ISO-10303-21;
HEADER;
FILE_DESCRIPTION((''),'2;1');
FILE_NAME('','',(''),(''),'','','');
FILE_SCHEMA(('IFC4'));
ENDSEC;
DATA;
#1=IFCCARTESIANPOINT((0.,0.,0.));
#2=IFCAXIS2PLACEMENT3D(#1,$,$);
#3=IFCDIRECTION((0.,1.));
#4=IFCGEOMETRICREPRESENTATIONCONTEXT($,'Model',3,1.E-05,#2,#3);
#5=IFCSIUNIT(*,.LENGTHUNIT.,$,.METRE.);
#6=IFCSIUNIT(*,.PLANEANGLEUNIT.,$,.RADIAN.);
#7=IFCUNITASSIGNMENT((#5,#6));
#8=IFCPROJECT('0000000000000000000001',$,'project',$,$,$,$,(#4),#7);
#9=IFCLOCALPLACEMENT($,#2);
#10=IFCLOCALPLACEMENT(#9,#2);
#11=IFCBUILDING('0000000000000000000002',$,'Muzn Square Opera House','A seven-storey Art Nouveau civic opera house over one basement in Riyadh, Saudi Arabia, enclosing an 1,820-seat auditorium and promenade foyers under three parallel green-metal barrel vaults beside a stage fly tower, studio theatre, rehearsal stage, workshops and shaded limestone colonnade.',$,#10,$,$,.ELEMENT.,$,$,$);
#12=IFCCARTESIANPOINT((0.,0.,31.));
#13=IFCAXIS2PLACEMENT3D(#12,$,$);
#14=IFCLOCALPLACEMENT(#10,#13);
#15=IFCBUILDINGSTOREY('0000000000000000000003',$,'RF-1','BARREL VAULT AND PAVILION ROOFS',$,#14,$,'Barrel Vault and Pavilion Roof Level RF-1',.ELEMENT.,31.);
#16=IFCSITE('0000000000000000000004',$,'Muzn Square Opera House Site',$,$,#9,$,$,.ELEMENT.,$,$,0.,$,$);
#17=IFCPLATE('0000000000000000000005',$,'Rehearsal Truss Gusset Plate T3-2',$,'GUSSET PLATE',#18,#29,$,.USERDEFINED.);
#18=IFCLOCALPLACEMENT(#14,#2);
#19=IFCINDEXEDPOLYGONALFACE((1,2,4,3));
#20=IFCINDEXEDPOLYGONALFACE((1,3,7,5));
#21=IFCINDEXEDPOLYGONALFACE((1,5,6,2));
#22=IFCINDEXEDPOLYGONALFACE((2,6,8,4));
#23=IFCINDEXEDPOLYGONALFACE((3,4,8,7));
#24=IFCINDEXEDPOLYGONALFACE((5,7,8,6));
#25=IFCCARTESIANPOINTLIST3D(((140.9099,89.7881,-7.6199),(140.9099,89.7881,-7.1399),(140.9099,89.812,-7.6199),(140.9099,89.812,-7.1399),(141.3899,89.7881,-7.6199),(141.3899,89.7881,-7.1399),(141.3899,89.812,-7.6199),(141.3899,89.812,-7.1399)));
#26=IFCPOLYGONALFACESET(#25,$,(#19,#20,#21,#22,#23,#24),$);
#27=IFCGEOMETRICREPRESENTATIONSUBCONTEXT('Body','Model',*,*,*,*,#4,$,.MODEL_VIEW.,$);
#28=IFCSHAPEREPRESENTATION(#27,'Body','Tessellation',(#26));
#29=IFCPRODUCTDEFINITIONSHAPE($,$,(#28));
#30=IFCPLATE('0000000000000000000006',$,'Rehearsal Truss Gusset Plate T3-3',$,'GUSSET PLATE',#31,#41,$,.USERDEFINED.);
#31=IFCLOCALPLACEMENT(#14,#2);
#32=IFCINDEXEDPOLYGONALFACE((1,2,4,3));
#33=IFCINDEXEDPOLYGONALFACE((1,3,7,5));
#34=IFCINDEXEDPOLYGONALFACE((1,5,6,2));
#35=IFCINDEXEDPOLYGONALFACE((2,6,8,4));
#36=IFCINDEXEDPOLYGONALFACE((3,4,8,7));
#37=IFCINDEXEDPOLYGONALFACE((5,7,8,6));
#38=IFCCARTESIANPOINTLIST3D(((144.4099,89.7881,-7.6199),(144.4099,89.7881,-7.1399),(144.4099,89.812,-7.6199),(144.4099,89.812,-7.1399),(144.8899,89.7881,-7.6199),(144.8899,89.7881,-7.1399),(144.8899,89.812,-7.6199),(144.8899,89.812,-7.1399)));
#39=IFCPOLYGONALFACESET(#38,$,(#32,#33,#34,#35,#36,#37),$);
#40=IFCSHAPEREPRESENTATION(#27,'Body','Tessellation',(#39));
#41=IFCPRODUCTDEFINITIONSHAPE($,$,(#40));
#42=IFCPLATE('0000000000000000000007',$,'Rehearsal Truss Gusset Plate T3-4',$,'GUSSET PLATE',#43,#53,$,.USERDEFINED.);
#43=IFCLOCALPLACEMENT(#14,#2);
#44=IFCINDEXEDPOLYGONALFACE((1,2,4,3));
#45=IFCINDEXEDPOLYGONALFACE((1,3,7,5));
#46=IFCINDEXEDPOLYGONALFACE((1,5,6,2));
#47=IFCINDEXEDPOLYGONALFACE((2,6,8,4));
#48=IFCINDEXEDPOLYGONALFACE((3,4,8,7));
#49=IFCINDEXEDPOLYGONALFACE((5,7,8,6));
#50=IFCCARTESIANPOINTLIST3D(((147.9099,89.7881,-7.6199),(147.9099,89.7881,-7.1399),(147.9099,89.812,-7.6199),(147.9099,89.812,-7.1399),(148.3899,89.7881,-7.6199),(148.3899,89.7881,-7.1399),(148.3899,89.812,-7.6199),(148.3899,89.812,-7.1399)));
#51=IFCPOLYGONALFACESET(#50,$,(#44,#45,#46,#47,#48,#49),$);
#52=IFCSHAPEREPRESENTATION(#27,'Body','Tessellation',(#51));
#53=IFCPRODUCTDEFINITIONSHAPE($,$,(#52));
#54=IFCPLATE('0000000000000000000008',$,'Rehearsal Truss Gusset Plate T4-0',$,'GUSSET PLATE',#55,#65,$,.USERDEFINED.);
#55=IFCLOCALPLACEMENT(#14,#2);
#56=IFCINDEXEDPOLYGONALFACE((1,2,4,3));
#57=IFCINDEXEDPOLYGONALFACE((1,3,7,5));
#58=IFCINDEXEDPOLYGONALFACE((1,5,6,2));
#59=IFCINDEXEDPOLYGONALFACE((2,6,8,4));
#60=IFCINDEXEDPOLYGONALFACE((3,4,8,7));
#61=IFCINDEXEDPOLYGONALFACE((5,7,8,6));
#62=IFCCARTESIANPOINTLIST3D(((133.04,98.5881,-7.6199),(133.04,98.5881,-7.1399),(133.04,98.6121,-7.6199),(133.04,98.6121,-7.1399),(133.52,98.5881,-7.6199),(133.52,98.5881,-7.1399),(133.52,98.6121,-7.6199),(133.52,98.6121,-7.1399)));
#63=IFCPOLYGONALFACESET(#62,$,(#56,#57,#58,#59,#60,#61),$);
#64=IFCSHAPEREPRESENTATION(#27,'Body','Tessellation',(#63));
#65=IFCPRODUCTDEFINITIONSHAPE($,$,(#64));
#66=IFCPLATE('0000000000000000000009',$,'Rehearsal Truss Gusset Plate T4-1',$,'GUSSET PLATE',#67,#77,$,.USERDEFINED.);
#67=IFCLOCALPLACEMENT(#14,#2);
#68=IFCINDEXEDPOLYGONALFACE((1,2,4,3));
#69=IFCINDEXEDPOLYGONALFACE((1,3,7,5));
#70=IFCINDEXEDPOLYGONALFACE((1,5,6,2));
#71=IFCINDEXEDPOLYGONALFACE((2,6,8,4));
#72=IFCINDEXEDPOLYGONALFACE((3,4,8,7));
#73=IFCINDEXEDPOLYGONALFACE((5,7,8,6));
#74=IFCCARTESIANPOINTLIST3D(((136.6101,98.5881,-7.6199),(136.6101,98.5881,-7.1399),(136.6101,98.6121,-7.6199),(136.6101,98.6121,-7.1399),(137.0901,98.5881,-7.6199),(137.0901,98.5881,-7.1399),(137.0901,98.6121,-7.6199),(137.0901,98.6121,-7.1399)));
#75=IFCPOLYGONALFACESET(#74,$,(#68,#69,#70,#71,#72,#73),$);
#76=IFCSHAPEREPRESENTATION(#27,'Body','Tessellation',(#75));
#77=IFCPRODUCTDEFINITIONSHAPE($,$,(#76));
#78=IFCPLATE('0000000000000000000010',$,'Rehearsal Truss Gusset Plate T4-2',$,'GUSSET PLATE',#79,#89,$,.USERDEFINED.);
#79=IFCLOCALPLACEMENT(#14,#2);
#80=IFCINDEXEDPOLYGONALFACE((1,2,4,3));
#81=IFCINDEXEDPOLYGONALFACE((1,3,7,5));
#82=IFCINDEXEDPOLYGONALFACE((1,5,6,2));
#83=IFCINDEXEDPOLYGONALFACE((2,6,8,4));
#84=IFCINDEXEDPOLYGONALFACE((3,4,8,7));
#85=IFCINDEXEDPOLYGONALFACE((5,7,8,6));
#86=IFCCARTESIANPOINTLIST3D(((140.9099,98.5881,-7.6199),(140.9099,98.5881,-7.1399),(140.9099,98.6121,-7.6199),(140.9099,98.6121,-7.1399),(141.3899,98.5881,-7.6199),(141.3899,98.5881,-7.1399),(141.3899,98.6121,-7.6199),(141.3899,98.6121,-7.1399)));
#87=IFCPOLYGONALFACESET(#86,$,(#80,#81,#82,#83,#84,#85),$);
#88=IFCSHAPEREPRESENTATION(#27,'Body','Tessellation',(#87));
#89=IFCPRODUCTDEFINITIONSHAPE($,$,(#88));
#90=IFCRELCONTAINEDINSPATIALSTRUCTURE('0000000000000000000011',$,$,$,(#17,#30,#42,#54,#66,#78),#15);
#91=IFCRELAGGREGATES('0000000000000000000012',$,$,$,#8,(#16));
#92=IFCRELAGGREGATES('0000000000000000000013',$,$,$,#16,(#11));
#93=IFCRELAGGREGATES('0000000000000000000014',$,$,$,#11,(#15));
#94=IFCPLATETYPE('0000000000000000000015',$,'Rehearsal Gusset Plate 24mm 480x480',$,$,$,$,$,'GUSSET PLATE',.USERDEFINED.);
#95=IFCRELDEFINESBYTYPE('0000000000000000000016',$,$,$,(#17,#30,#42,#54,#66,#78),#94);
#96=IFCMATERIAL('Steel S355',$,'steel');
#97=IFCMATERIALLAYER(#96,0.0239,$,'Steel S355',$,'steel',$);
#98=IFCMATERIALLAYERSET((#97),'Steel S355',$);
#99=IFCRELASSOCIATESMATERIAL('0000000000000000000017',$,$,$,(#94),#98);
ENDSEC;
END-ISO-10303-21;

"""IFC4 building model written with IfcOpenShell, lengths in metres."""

from ifc_helpers import new_model, si_unit, direction, frame, origin, origin_2d, place, context, subcontext, project, spatial, rectangle, extrude, material, layer, layer_set, type_object, element, save


model = new_model("IFC4")

# Units and contexts
model_context = context("Model", 3, precision=1e-05, world=origin(), true_north=direction((0.0, 1.0)))
body_context = subcontext(model_context, "Body", "Model", "MODEL_VIEW")
ifc_project = project(units=[si_unit("LENGTHUNIT", "METRE"), si_unit("PLANEANGLEUNIT", "RADIAN")], contexts=[model_context])

# Site, building, storey
site_placement = place(None, origin())
site = spatial("IfcSite", under=ifc_project, at=site_placement, Name="Muzn Square Opera House Site", CompositionType="ELEMENT", RefElevation=0.0)
building_placement = place(site_placement, origin())
building = spatial("IfcBuilding", under=site, at=building_placement, Name="Muzn Square Opera House", Description="A seven-storey Art Nouveau civic opera house over one basement in Riyadh, Saudi Arabia, enclosing an 1,820-seat auditorium and promenade foyers under three parallel green-metal barrel vaults beside a stage fly tower, studio theatre, rehearsal stage, workshops and shaded limestone colonnade.", CompositionType="ELEMENT")
storey_placement = place(building_placement, frame((0.0, 0.0, 31.0)))
storey = spatial("IfcBuildingStorey", under=building, at=storey_placement, Name="RF-1", Description="BARREL VAULT AND PAVILION ROOFS", LongName="Barrel Vault and Pavilion Roof Level RF-1", CompositionType="ELEMENT", Elevation=31.0)

# Shared definitions
ifc_material = material(Name="Steel S355", Category="steel")

# Plates
ifc_layer = layer(ifc_material, 0.0239, Name="Steel S355", Category="steel")
ifc_layer_set = layer_set([ifc_layer], Name="Steel S355")
plate_type = type_object("IfcPlateType", Name="Rehearsal Gusset Plate 24mm 480x480", ElementType="GUSSET PLATE", PredefinedType="USERDEFINED", material=ifc_layer_set)
for number, where, z_axis, x_axis, name in (
    (1, (141.1499, 89.8, -7.6199), (0.0, 0.0, 1.0), (1.0, 0.0, 0.0), "Rehearsal Truss Gusset Plate T3-2"),
    (2, (144.6499, 89.8, -7.6199), (0.0, 0.0, 1.0), (1.0, 0.0, 0.0), "Rehearsal Truss Gusset Plate T3-3"),
    (3, (148.1499, 89.8, -7.6199), (0.0, 0.0, 1.0), (1.0, 0.0, 0.0), "Rehearsal Truss Gusset Plate T3-4"),
    (4, (133.28, 98.6001, -7.6199), (0.0, 0.0, 1.0), (1.0, 0.0, 0.0), "Rehearsal Truss Gusset Plate T4-0"),
    (5, (136.8501, 98.6001, -7.6199), (0.0, 0.0, 1.0), (1.0, 0.0, 0.0), "Rehearsal Truss Gusset Plate T4-1"),
    (6, (141.1499, 98.6001, -7.6199), (0.0, 0.0, 1.0), (1.0, 0.0, 0.0), "Rehearsal Truss Gusset Plate T4-2"),
):
    element("IfcPlate", number, at=place(storey_placement, frame(where, z_axis=z_axis, x_axis=x_axis)), inside=storey, type_object=plate_type, Name=name, ObjectType="GUSSET PLATE", PredefinedType="USERDEFINED", context=body_context, shape_type="SweptSolid", body=[
        extrude(rectangle(XDim=0.48, YDim=0.0239, at=origin_2d()), origin(), (0.0, 0.0, 1.0), 0.48),
    ])

save(model, "model.ifc")
